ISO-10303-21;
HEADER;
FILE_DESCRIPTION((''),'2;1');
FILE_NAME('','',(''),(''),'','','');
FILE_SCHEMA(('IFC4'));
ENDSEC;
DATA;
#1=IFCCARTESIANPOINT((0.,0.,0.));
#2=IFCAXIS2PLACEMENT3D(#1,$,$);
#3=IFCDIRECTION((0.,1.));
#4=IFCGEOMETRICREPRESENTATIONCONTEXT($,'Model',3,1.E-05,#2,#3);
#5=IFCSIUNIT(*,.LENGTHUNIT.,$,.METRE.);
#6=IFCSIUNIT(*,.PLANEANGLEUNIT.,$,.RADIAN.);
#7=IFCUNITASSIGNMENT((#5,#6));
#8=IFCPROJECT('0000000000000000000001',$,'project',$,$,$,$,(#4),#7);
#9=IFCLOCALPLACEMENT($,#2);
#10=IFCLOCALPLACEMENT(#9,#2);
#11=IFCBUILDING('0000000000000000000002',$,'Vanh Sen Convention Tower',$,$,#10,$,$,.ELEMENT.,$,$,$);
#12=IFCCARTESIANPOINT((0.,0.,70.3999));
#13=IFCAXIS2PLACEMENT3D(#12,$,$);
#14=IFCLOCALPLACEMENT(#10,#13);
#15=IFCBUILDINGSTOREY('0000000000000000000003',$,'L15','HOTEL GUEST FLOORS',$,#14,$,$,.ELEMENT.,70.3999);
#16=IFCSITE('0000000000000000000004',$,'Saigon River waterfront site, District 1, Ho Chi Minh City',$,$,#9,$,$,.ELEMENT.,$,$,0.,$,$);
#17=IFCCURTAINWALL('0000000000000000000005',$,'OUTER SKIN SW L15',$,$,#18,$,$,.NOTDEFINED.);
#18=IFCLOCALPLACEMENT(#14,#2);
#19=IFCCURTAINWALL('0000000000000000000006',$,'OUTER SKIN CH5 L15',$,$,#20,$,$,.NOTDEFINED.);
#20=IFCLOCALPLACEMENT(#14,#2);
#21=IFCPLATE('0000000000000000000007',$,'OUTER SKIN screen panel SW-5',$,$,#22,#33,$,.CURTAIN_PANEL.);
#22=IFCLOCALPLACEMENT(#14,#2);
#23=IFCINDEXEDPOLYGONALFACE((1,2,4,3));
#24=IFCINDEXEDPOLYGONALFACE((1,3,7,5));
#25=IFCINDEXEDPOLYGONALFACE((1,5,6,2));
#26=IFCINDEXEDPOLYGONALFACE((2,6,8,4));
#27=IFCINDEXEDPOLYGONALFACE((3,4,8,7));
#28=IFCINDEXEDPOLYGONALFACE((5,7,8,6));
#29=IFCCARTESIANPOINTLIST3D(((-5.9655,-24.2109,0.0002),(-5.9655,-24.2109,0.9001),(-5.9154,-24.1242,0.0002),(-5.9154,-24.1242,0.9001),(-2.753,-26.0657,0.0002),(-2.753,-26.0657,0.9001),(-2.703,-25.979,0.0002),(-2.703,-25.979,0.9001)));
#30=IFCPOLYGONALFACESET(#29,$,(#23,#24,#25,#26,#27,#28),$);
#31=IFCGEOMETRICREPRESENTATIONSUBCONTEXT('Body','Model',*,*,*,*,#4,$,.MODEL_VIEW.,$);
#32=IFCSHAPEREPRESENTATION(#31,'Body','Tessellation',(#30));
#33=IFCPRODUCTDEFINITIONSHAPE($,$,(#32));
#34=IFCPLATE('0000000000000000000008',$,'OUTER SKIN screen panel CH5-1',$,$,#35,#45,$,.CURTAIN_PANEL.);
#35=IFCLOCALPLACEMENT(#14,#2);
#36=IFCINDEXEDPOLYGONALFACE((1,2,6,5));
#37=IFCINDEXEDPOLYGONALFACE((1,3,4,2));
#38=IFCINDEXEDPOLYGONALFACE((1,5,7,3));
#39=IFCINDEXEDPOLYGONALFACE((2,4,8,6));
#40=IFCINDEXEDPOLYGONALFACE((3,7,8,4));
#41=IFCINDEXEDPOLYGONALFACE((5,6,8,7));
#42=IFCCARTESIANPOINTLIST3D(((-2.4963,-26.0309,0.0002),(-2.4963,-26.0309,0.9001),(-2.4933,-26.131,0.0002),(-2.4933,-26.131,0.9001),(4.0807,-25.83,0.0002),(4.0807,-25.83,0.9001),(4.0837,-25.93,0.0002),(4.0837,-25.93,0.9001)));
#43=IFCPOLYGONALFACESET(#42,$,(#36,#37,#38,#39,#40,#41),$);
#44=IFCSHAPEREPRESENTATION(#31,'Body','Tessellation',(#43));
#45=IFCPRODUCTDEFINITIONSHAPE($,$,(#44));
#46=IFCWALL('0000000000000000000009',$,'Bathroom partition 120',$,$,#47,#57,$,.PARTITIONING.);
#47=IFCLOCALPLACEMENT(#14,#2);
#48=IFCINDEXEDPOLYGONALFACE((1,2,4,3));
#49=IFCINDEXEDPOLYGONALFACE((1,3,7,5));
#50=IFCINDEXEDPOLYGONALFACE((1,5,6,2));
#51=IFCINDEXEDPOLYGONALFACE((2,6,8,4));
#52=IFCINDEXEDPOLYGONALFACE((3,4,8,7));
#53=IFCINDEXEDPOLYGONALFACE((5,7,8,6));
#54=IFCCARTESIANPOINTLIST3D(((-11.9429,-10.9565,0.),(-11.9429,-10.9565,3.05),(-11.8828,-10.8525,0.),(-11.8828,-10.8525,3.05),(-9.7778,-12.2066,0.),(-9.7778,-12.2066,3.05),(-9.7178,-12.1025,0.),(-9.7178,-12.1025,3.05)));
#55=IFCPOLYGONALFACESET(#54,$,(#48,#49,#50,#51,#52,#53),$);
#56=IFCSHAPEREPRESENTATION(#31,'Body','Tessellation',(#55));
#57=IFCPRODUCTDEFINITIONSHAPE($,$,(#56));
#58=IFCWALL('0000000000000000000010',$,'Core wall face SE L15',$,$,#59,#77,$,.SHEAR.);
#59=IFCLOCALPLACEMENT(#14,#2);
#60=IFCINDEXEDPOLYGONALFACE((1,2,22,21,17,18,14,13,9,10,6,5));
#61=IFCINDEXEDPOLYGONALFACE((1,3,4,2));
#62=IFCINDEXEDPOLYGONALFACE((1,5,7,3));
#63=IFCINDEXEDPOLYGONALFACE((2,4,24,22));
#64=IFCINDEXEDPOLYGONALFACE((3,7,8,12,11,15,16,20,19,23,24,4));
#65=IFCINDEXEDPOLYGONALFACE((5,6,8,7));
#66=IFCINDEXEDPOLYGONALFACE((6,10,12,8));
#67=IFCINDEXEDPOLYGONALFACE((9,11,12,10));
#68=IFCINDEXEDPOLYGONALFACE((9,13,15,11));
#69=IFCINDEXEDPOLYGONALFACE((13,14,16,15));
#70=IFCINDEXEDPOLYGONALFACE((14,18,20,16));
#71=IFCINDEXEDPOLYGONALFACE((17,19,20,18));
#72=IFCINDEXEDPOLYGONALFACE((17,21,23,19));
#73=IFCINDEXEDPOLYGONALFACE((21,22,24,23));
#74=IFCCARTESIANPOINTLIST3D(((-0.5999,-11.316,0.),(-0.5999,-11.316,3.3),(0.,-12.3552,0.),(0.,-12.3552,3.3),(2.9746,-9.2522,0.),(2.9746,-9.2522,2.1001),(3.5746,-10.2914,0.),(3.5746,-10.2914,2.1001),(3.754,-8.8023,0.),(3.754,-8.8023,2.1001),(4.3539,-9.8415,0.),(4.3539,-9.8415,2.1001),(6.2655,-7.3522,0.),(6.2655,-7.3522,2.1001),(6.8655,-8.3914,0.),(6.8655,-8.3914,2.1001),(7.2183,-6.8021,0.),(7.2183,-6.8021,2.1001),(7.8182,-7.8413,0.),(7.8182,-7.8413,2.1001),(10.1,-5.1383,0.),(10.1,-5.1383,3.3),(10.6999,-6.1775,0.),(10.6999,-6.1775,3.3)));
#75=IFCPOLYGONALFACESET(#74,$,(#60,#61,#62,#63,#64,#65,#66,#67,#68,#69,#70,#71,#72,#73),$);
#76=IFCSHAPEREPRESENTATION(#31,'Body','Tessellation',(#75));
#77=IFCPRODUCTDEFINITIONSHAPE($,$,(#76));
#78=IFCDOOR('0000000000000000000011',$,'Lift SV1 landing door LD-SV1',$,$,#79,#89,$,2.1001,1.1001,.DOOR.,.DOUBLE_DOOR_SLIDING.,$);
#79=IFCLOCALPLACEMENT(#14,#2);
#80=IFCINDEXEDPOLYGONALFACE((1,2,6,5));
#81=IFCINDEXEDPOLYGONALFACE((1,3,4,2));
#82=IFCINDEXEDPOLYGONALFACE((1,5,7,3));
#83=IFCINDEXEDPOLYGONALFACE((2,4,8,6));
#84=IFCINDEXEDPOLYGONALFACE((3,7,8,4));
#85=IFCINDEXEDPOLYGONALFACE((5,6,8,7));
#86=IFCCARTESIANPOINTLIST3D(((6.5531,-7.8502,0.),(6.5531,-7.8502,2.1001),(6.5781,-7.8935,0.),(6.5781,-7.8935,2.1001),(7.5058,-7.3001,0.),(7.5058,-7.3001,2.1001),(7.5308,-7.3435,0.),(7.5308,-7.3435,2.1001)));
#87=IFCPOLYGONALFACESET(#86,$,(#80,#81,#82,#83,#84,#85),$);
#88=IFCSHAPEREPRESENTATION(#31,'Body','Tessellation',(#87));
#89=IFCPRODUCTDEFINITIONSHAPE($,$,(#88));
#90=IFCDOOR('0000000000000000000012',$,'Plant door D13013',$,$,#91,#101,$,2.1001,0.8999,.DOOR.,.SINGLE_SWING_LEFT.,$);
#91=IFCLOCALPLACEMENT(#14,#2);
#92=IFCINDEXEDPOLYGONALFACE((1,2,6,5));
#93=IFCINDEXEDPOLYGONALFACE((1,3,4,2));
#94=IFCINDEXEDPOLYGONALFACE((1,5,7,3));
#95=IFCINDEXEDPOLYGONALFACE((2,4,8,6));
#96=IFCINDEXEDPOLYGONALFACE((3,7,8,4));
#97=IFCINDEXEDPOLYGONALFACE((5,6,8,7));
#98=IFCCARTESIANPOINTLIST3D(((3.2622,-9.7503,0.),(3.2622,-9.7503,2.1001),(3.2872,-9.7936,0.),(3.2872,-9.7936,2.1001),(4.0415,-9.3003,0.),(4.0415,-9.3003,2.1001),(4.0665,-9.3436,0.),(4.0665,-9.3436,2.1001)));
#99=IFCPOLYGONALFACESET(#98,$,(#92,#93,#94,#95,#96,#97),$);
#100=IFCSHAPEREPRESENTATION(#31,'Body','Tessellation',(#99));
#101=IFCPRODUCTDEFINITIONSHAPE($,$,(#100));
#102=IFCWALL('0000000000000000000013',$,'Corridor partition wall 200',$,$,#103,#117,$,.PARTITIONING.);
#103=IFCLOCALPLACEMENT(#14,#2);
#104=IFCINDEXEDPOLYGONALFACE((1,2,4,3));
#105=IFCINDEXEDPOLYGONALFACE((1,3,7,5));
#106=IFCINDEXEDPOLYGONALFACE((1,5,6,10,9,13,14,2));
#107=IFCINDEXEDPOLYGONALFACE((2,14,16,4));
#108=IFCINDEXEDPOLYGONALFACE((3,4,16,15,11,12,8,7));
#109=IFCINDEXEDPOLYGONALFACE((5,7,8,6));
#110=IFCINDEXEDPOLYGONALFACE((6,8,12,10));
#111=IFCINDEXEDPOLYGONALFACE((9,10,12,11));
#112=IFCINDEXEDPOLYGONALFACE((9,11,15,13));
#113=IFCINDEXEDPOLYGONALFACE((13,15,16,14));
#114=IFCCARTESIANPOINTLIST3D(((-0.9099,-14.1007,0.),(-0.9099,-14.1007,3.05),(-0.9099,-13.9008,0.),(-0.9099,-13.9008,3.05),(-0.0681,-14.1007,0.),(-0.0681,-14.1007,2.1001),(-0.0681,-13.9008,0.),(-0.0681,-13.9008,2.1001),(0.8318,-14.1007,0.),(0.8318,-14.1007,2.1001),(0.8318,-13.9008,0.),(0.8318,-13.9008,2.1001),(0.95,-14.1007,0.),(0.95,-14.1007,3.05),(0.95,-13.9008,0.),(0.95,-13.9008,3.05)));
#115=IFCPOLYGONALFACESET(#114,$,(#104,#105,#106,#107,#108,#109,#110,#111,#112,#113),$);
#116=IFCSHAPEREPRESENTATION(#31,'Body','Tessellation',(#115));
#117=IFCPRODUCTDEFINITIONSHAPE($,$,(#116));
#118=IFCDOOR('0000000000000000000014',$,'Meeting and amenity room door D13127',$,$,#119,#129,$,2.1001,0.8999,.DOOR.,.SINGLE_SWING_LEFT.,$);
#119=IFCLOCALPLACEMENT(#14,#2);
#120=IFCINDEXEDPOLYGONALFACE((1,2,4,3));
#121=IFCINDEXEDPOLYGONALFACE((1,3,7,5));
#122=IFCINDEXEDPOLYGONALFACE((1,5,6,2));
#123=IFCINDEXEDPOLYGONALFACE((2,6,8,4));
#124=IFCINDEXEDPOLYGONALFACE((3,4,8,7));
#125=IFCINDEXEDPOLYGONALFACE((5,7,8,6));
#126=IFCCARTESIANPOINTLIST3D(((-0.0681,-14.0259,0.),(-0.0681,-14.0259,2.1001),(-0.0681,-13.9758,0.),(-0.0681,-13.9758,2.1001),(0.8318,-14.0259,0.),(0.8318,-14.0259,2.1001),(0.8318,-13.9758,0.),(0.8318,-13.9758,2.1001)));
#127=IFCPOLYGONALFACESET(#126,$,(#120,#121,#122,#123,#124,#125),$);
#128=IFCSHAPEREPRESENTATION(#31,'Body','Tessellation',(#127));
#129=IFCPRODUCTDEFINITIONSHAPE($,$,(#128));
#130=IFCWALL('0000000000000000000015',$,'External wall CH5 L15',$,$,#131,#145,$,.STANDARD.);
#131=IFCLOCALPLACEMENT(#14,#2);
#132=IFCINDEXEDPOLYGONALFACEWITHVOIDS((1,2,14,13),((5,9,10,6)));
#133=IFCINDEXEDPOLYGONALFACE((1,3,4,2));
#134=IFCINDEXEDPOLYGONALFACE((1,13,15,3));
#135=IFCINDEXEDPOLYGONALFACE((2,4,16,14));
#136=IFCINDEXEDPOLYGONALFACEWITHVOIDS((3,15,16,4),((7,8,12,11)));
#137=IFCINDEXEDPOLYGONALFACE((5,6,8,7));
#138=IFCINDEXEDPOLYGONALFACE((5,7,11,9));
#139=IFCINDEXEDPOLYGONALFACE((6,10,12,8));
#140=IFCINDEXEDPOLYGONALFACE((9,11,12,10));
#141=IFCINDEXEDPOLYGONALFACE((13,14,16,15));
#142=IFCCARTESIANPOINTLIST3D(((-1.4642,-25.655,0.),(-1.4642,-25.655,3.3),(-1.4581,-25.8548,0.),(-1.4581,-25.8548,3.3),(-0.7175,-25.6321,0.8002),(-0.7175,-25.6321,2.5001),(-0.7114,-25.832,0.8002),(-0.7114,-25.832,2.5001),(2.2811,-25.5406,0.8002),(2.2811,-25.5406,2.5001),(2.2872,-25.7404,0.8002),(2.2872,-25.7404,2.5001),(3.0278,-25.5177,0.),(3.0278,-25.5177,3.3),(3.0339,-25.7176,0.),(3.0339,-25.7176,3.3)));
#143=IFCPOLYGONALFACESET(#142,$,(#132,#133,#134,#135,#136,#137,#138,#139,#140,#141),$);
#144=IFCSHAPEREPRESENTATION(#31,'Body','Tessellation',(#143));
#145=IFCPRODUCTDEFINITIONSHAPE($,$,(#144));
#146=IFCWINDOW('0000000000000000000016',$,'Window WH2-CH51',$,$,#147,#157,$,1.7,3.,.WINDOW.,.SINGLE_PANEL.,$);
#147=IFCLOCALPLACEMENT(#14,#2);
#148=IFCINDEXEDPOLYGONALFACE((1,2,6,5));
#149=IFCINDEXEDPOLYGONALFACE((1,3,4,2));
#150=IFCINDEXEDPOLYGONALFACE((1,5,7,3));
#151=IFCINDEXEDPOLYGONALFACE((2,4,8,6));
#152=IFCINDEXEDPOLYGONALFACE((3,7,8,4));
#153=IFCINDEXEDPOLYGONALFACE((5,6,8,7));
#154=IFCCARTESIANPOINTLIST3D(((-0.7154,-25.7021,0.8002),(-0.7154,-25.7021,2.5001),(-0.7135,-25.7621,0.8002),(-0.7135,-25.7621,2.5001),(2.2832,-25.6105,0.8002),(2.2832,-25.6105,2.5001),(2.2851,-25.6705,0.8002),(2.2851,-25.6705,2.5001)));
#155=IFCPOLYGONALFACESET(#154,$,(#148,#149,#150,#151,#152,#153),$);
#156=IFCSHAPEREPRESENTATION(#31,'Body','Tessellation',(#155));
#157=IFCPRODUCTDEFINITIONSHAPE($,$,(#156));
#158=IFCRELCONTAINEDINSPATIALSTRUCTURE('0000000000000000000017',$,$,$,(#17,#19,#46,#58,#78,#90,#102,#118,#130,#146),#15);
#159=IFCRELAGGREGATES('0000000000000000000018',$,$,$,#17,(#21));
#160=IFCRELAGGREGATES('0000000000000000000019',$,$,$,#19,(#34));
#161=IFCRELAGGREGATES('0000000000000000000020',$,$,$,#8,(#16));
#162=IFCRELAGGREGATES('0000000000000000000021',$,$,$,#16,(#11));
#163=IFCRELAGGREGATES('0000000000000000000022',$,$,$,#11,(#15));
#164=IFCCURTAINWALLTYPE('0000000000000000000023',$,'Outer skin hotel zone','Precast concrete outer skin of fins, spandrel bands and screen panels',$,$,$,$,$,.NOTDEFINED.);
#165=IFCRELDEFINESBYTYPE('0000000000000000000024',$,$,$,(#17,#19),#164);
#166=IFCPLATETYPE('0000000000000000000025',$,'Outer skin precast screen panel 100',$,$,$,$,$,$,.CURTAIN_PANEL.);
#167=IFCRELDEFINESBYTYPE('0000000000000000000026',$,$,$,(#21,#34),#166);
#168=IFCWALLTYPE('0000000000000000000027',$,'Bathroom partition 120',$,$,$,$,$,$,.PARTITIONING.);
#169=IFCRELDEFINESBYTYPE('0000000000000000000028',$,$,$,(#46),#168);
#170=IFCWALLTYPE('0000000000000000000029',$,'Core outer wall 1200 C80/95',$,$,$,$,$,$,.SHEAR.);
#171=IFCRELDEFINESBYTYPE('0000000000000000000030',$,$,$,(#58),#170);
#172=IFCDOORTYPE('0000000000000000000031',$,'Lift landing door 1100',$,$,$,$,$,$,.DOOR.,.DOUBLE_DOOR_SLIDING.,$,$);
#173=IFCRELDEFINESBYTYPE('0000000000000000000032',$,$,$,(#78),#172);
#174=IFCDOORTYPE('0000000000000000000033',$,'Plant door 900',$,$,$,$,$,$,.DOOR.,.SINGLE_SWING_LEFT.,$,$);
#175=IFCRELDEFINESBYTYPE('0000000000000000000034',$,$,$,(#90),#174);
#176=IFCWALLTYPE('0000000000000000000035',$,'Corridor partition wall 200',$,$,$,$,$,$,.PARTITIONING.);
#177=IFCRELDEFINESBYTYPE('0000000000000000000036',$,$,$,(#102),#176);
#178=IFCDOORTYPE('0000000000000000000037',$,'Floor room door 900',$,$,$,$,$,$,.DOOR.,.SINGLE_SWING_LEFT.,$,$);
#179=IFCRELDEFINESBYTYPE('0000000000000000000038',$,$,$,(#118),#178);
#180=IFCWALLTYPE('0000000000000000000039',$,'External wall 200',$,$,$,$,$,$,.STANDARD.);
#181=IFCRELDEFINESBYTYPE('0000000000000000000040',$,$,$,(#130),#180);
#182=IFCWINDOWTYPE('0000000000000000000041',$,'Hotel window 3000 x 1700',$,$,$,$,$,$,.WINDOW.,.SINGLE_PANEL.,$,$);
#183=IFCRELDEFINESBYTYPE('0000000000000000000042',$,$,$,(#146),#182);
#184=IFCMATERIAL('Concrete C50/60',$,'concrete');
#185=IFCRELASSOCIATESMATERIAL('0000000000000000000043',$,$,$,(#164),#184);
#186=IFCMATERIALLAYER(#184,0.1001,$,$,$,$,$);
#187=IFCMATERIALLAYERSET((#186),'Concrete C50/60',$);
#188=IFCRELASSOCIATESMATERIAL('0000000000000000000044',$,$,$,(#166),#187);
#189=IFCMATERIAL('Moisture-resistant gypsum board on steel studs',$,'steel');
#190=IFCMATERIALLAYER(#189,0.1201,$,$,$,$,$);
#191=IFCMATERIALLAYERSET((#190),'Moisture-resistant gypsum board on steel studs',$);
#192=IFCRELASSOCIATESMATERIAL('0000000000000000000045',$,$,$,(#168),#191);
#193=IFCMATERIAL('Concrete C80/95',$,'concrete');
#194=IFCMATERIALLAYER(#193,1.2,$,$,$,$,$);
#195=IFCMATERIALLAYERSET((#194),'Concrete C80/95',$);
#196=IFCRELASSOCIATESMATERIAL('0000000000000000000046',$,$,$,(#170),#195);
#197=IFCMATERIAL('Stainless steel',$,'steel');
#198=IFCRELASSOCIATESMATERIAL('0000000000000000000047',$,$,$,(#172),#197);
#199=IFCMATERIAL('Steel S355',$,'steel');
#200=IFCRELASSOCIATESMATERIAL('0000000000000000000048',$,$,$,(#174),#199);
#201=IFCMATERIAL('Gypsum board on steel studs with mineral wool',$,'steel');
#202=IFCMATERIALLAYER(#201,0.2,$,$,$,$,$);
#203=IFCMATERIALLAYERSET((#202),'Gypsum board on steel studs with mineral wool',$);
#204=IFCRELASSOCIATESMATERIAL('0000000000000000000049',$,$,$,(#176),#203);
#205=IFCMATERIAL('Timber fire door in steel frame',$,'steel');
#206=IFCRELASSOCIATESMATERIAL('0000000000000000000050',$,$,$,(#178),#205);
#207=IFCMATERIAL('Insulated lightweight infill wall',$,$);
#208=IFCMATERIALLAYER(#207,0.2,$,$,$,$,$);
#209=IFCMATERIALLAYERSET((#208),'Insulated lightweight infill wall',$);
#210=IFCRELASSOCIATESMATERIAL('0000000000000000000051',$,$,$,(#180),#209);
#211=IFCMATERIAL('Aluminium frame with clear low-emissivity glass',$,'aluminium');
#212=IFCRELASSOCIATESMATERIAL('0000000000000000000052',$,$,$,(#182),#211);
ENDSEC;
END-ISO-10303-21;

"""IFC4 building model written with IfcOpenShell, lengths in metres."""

from ifc_helpers import new_model, si_unit, direction, frame, frame_2d, origin, origin_2d, place, context, subcontext, project, spatial, rectangle, extrude, material, layer, layer_set, type_object, element, fill, aggregate, save


model = new_model("IFC4")

# Units and contexts
model_context = context("Model", 3, precision=1e-05, world=origin(), true_north=direction((0.0, 1.0)))
body_context = subcontext(model_context, "Body", "Model", "MODEL_VIEW")
ifc_project = project(units=[si_unit("LENGTHUNIT", "METRE"), si_unit("PLANEANGLEUNIT", "RADIAN")], contexts=[model_context])

# Site, building, storey
site_placement = place(None, origin())
site = spatial("IfcSite", under=ifc_project, at=site_placement, Name="Saigon River waterfront site, District 1, Ho Chi Minh City", CompositionType="ELEMENT", RefElevation=0.0)
building_placement = place(site_placement, origin())
building = spatial("IfcBuilding", under=site, at=building_placement, Name="Vanh Sen Convention Tower", CompositionType="ELEMENT")
storey_placement = place(building_placement, frame((0.0, 0.0, 70.3999)))
storey = spatial("IfcBuildingStorey", under=building, at=storey_placement, Name="L15", Description="HOTEL GUEST FLOORS", CompositionType="ELEMENT", Elevation=70.3999)

# Shared definitions
ifc_material_1 = material(Name="Concrete C80/95", Category="concrete")

# Curtain wall
ifc_material_2 = material(Name="Concrete C50/60", Category="concrete")
curtain_wall_type = type_object("IfcCurtainWallType", Name="Outer skin hotel zone", Description="Precast concrete outer skin of fins, spandrel bands and screen panels", PredefinedType="NOTDEFINED", material=ifc_material_2)
curtain_wall_1_placement = place(storey_placement, origin())
curtain_wall_1 = element("IfcCurtainWall", 1, at=curtain_wall_1_placement, inside=storey, type_object=curtain_wall_type, Name="OUTER SKIN SW L15", PredefinedType="NOTDEFINED")

# Curtain wall
curtain_wall_2_placement = place(storey_placement, origin())
curtain_wall_2 = element("IfcCurtainWall", 2, at=curtain_wall_2_placement, inside=storey, type_object=curtain_wall_type, Name="OUTER SKIN CH5 L15", PredefinedType="NOTDEFINED")

# Plates
ifc_layer_1 = layer(ifc_material_2, 0.1001)
ifc_layer_set_1 = layer_set([ifc_layer_1], Name="Concrete C50/60")
plate_type = type_object("IfcPlateType", Name="Outer skin precast screen panel 100", PredefinedType="CURTAIN_PANEL", material=ifc_layer_set_1)
plate_1_placement = place(storey_placement, frame((-4.3342, -25.095, 0.0002), z_axis=(0.0, 0.0, 1.0), x_axis=(0.866021, -0.500008, 0.0)))
plate_1 = element("IfcPlate", 3, at=plate_1_placement, type_object=plate_type, Name="OUTER SKIN screen panel SW-5", PredefinedType="CURTAIN_PANEL", context=body_context, shape_type="SweptSolid", body=[
    extrude(rectangle(XDim=3.7095, YDim=0.1001, at=origin_2d()), origin(), (0.0, 0.0, 1.0), 0.8999),
])
aggregate(curtain_wall_1, [plate_1])
plate_2_placement = place(storey_placement, frame((0.7937, -25.9805, 0.0002), z_axis=(0.0, 0.0, 1.0), x_axis=(0.999533, 0.030542, 0.0)))
plate_2 = element("IfcPlate", 4, at=plate_2_placement, type_object=plate_type, Name="OUTER SKIN screen panel CH5-1", PredefinedType="CURTAIN_PANEL", context=body_context, shape_type="SweptSolid", body=[
    extrude(rectangle(XDim=6.5801, YDim=0.1001, at=origin_2d()), origin(), (0.0, 0.0, 1.0), 0.8999),
])
aggregate(curtain_wall_2, [plate_2])

# Wall
ifc_material_3 = material(Name="Moisture-resistant gypsum board on steel studs", Category="steel")
ifc_layer_2 = layer(ifc_material_3, 0.1201)
ifc_layer_set_2 = layer_set([ifc_layer_2], Name="Moisture-resistant gypsum board on steel studs")
wall_type_1 = type_object("IfcWallType", Name="Bathroom partition 120", PredefinedType="PARTITIONING", material=ifc_layer_set_2)
wall_1_placement = place(storey_placement, frame((-9.7478, -12.1545, 0.0), z_axis=(0.0, 0.0, 1.0), x_axis=(-0.866023, 0.500004, 0.0)))
element("IfcWall", 5, at=wall_1_placement, inside=storey, type_object=wall_type_1, Name="Bathroom partition 120", PredefinedType="PARTITIONING", context=body_context, shape_type="SweptSolid", body=[
    extrude(rectangle(XDim=2.5, YDim=0.1201, at=frame_2d((1.25, 0.0))), origin(), (0.0, 0.0, 1.0), 3.05),
])

# Wall, openings, doors
ifc_layer_3 = layer(ifc_material_1, 1.2)
ifc_layer_set_3 = layer_set([ifc_layer_3], Name="Concrete C80/95")
wall_type_2 = type_object("IfcWallType", Name="Core outer wall 1200 C80/95", PredefinedType="SHEAR", material=ifc_layer_set_3)
wall_2_placement = place(storey_placement, frame((-0.3, -11.8357, 0.0), z_axis=(0.0, 0.0, 1.0), x_axis=(0.866021, 0.500007, 0.0)))
wall_2 = element("IfcWall", 6, at=wall_2_placement, inside=storey, type_object=wall_type_2, Name="Core wall face SE L15", PredefinedType="SHEAR", context=body_context, shape_type="SweptSolid", body=[
    extrude(rectangle(XDim=12.3552, YDim=1.2, at=frame_2d((6.1777, 0.0))), origin(), (0.0, 0.0, 1.0), 3.3),
])
opening_1_placement = place(wall_2_placement, frame((4.1277, 0.0, 0.0)))
opening_1 = element("IfcOpeningElement", 7, at=opening_1_placement, cuts=wall_2, PredefinedType="OPENING", context=body_context, shape_type="SweptSolid", body=[
    extrude(rectangle(XDim=0.8999, YDim=2.1001, at=frame_2d((0.45, 1.05))), frame((0.0, 0.6099, 0.0), z_axis=(0.0, -1.0, 0.0), x_axis=(1.0, 0.0, 0.0)), (0.0, 0.0, 1.0), 1.22),
])
opening_2_placement = place(wall_2_placement, frame((7.9277, 0.0, 0.0)))
opening_2 = element("IfcOpeningElement", 8, at=opening_2_placement, cuts=wall_2, PredefinedType="OPENING", context=body_context, shape_type="SweptSolid", body=[
    extrude(rectangle(XDim=1.1001, YDim=2.1001, at=frame_2d((0.55, 1.05))), frame((0.0, 0.6099, 0.0), z_axis=(0.0, -1.0, 0.0), x_axis=(1.0, 0.0, 0.0)), (0.0, 0.0, 1.0), 1.22),
])
ifc_material_4 = material(Name="Stainless steel", Category="steel")
door_type_1 = type_object("IfcDoorType", Name="Lift landing door 1100", OperationType="DOUBLE_DOOR_SLIDING", PredefinedType="DOOR", material=ifc_material_4)
door_1_placement = place(opening_2_placement, origin())
door_1 = element("IfcDoor", 9, at=door_1_placement, inside=storey, type_object=door_type_1, Name="Lift SV1 landing door LD-SV1", OperationType="DOUBLE_DOOR_SLIDING", OverallHeight=2.1001, OverallWidth=1.1001, PredefinedType="DOOR", context=body_context, shape_type="SweptSolid", body=[
    extrude(rectangle(XDim=1.1001, YDim=2.1001, at=frame_2d((0.55, 1.05))), frame((0.0, 0.0249, 0.0), z_axis=(0.0, -1.0, 0.0), x_axis=(1.0, 0.0, 0.0)), (0.0, 0.0, 1.0), 0.05),
])
fill(opening_2, door_1)
ifc_material_5 = material(Name="Steel S355", Category="steel")
door_type_2 = type_object("IfcDoorType", Name="Plant door 900", OperationType="SINGLE_SWING_LEFT", PredefinedType="DOOR", material=ifc_material_5)
door_2_placement = place(opening_1_placement, origin())
door_2 = element("IfcDoor", 10, at=door_2_placement, inside=storey, type_object=door_type_2, Name="Plant door D13013", OperationType="SINGLE_SWING_LEFT", OverallHeight=2.1001, OverallWidth=0.8999, PredefinedType="DOOR", context=body_context, shape_type="SweptSolid", body=[
    extrude(rectangle(XDim=0.8999, YDim=2.1001, at=frame_2d((0.45, 1.05))), frame((0.0, 0.0249, 0.0), z_axis=(0.0, -1.0, 0.0), x_axis=(1.0, 0.0, 0.0)), (0.0, 0.0, 1.0), 0.05),
])
fill(opening_1, door_2)

# Wall, opening, door
ifc_material_6 = material(Name="Gypsum board on steel studs with mineral wool", Category="steel")
ifc_layer_4 = layer(ifc_material_6, 0.2)
ifc_layer_set_4 = layer_set([ifc_layer_4], Name="Gypsum board on steel studs with mineral wool")
wall_type_3 = type_object("IfcWallType", Name="Corridor partition wall 200", PredefinedType="PARTITIONING", material=ifc_layer_set_4)
wall_3_placement = place(storey_placement, frame((-0.9099, -14.0007, 0.0), z_axis=(0.0, 0.0, 1.0), x_axis=(1.0, 0.0, 0.0)))
wall_3 = element("IfcWall", 11, at=wall_3_placement, inside=storey, type_object=wall_type_3, Name="Corridor partition wall 200", PredefinedType="PARTITIONING", context=body_context, shape_type="SweptSolid", body=[
    extrude(rectangle(XDim=1.8599, YDim=0.2, at=frame_2d((0.9299, 0.0))), origin(), (0.0, 0.0, 1.0), 3.05),
])
opening_3_placement = place(wall_3_placement, frame((0.8418, 0.0, 0.0)))
opening_3 = element("IfcOpeningElement", 12, at=opening_3_placement, cuts=wall_3, PredefinedType="OPENING", context=body_context, shape_type="SweptSolid", body=[
    extrude(rectangle(XDim=0.8999, YDim=2.1001, at=frame_2d((0.45, 1.05))), frame((0.0, 0.1099, 0.0), z_axis=(0.0, -1.0, 0.0), x_axis=(1.0, 0.0, 0.0)), (0.0, 0.0, 1.0), 0.22),
])
ifc_material_7 = material(Name="Timber fire door in steel frame", Category="steel")
door_type_3 = type_object("IfcDoorType", Name="Floor room door 900", OperationType="SINGLE_SWING_LEFT", PredefinedType="DOOR", material=ifc_material_7)
door_3_placement = place(opening_3_placement, origin())
door_3 = element("IfcDoor", 13, at=door_3_placement, inside=storey, type_object=door_type_3, Name="Meeting and amenity room door D13127", OperationType="SINGLE_SWING_LEFT", OverallHeight=2.1001, OverallWidth=0.8999, PredefinedType="DOOR", context=body_context, shape_type="SweptSolid", body=[
    extrude(rectangle(XDim=0.8999, YDim=2.1001, at=frame_2d((0.45, 1.05))), frame((0.0, 0.0249, 0.0), z_axis=(0.0, -1.0, 0.0), x_axis=(1.0, 0.0, 0.0)), (0.0, 0.0, 1.0), 0.05),
])
fill(opening_3, door_3)

# Wall, opening, window
ifc_material_8 = material(Name="Insulated lightweight infill wall")
ifc_layer_5 = layer(ifc_material_8, 0.2)
ifc_layer_set_5 = layer_set([ifc_layer_5], Name="Insulated lightweight infill wall")
wall_type_4 = type_object("IfcWallType", Name="External wall 200", PredefinedType="STANDARD", material=ifc_layer_set_5)
wall_4_placement = place(storey_placement, frame((-1.4612, -25.7549, 0.0), z_axis=(0.0, 0.0, 1.0), x_axis=(0.999534, 0.030531, 0.0)))
wall_4 = element("IfcWall", 14, at=wall_4_placement, inside=storey, type_object=wall_type_4, Name="External wall CH5 L15", PredefinedType="STANDARD", context=body_context, shape_type="SweptSolid", body=[
    extrude(rectangle(XDim=4.4941, YDim=0.2, at=frame_2d((2.2471, 0.0))), origin(), (0.0, 0.0, 1.0), 3.3),
])
opening_4_placement = place(wall_4_placement, frame((0.7471, 0.0, 0.8)))
opening_4 = element("IfcOpeningElement", 15, at=opening_4_placement, cuts=wall_4, PredefinedType="OPENING", context=body_context, shape_type="SweptSolid", body=[
    extrude(rectangle(XDim=3.0, YDim=1.7, at=frame_2d((1.5, 0.8501))), frame((0.0, 0.1099, 0.0), z_axis=(0.0, -1.0, 0.0), x_axis=(1.0, 0.0, 0.0)), (0.0, 0.0, 1.0), 0.22),
])
ifc_material_9 = material(Name="Aluminium frame with clear low-emissivity glass", Category="aluminium")
window_type = type_object("IfcWindowType", Name="Hotel window 3000 x 1700", PartitioningType="SINGLE_PANEL", PredefinedType="WINDOW", material=ifc_material_9)
window_placement = place(opening_4_placement, origin())
window = element("IfcWindow", 16, at=window_placement, inside=storey, type_object=window_type, Name="Window WH2-CH51", OverallHeight=1.7, OverallWidth=3.0, PartitioningType="SINGLE_PANEL", PredefinedType="WINDOW", context=body_context, shape_type="SweptSolid", body=[
    extrude(rectangle(XDim=3.0, YDim=1.7, at=frame_2d((1.5, 0.8501))), frame((0.0, 0.03, 0.0), z_axis=(0.0, -1.0, 0.0), x_axis=(1.0, 0.0, 0.0)), (0.0, 0.0, 1.0), 0.0601),
])
fill(opening_4, window)

save(model, "model.ifc")
